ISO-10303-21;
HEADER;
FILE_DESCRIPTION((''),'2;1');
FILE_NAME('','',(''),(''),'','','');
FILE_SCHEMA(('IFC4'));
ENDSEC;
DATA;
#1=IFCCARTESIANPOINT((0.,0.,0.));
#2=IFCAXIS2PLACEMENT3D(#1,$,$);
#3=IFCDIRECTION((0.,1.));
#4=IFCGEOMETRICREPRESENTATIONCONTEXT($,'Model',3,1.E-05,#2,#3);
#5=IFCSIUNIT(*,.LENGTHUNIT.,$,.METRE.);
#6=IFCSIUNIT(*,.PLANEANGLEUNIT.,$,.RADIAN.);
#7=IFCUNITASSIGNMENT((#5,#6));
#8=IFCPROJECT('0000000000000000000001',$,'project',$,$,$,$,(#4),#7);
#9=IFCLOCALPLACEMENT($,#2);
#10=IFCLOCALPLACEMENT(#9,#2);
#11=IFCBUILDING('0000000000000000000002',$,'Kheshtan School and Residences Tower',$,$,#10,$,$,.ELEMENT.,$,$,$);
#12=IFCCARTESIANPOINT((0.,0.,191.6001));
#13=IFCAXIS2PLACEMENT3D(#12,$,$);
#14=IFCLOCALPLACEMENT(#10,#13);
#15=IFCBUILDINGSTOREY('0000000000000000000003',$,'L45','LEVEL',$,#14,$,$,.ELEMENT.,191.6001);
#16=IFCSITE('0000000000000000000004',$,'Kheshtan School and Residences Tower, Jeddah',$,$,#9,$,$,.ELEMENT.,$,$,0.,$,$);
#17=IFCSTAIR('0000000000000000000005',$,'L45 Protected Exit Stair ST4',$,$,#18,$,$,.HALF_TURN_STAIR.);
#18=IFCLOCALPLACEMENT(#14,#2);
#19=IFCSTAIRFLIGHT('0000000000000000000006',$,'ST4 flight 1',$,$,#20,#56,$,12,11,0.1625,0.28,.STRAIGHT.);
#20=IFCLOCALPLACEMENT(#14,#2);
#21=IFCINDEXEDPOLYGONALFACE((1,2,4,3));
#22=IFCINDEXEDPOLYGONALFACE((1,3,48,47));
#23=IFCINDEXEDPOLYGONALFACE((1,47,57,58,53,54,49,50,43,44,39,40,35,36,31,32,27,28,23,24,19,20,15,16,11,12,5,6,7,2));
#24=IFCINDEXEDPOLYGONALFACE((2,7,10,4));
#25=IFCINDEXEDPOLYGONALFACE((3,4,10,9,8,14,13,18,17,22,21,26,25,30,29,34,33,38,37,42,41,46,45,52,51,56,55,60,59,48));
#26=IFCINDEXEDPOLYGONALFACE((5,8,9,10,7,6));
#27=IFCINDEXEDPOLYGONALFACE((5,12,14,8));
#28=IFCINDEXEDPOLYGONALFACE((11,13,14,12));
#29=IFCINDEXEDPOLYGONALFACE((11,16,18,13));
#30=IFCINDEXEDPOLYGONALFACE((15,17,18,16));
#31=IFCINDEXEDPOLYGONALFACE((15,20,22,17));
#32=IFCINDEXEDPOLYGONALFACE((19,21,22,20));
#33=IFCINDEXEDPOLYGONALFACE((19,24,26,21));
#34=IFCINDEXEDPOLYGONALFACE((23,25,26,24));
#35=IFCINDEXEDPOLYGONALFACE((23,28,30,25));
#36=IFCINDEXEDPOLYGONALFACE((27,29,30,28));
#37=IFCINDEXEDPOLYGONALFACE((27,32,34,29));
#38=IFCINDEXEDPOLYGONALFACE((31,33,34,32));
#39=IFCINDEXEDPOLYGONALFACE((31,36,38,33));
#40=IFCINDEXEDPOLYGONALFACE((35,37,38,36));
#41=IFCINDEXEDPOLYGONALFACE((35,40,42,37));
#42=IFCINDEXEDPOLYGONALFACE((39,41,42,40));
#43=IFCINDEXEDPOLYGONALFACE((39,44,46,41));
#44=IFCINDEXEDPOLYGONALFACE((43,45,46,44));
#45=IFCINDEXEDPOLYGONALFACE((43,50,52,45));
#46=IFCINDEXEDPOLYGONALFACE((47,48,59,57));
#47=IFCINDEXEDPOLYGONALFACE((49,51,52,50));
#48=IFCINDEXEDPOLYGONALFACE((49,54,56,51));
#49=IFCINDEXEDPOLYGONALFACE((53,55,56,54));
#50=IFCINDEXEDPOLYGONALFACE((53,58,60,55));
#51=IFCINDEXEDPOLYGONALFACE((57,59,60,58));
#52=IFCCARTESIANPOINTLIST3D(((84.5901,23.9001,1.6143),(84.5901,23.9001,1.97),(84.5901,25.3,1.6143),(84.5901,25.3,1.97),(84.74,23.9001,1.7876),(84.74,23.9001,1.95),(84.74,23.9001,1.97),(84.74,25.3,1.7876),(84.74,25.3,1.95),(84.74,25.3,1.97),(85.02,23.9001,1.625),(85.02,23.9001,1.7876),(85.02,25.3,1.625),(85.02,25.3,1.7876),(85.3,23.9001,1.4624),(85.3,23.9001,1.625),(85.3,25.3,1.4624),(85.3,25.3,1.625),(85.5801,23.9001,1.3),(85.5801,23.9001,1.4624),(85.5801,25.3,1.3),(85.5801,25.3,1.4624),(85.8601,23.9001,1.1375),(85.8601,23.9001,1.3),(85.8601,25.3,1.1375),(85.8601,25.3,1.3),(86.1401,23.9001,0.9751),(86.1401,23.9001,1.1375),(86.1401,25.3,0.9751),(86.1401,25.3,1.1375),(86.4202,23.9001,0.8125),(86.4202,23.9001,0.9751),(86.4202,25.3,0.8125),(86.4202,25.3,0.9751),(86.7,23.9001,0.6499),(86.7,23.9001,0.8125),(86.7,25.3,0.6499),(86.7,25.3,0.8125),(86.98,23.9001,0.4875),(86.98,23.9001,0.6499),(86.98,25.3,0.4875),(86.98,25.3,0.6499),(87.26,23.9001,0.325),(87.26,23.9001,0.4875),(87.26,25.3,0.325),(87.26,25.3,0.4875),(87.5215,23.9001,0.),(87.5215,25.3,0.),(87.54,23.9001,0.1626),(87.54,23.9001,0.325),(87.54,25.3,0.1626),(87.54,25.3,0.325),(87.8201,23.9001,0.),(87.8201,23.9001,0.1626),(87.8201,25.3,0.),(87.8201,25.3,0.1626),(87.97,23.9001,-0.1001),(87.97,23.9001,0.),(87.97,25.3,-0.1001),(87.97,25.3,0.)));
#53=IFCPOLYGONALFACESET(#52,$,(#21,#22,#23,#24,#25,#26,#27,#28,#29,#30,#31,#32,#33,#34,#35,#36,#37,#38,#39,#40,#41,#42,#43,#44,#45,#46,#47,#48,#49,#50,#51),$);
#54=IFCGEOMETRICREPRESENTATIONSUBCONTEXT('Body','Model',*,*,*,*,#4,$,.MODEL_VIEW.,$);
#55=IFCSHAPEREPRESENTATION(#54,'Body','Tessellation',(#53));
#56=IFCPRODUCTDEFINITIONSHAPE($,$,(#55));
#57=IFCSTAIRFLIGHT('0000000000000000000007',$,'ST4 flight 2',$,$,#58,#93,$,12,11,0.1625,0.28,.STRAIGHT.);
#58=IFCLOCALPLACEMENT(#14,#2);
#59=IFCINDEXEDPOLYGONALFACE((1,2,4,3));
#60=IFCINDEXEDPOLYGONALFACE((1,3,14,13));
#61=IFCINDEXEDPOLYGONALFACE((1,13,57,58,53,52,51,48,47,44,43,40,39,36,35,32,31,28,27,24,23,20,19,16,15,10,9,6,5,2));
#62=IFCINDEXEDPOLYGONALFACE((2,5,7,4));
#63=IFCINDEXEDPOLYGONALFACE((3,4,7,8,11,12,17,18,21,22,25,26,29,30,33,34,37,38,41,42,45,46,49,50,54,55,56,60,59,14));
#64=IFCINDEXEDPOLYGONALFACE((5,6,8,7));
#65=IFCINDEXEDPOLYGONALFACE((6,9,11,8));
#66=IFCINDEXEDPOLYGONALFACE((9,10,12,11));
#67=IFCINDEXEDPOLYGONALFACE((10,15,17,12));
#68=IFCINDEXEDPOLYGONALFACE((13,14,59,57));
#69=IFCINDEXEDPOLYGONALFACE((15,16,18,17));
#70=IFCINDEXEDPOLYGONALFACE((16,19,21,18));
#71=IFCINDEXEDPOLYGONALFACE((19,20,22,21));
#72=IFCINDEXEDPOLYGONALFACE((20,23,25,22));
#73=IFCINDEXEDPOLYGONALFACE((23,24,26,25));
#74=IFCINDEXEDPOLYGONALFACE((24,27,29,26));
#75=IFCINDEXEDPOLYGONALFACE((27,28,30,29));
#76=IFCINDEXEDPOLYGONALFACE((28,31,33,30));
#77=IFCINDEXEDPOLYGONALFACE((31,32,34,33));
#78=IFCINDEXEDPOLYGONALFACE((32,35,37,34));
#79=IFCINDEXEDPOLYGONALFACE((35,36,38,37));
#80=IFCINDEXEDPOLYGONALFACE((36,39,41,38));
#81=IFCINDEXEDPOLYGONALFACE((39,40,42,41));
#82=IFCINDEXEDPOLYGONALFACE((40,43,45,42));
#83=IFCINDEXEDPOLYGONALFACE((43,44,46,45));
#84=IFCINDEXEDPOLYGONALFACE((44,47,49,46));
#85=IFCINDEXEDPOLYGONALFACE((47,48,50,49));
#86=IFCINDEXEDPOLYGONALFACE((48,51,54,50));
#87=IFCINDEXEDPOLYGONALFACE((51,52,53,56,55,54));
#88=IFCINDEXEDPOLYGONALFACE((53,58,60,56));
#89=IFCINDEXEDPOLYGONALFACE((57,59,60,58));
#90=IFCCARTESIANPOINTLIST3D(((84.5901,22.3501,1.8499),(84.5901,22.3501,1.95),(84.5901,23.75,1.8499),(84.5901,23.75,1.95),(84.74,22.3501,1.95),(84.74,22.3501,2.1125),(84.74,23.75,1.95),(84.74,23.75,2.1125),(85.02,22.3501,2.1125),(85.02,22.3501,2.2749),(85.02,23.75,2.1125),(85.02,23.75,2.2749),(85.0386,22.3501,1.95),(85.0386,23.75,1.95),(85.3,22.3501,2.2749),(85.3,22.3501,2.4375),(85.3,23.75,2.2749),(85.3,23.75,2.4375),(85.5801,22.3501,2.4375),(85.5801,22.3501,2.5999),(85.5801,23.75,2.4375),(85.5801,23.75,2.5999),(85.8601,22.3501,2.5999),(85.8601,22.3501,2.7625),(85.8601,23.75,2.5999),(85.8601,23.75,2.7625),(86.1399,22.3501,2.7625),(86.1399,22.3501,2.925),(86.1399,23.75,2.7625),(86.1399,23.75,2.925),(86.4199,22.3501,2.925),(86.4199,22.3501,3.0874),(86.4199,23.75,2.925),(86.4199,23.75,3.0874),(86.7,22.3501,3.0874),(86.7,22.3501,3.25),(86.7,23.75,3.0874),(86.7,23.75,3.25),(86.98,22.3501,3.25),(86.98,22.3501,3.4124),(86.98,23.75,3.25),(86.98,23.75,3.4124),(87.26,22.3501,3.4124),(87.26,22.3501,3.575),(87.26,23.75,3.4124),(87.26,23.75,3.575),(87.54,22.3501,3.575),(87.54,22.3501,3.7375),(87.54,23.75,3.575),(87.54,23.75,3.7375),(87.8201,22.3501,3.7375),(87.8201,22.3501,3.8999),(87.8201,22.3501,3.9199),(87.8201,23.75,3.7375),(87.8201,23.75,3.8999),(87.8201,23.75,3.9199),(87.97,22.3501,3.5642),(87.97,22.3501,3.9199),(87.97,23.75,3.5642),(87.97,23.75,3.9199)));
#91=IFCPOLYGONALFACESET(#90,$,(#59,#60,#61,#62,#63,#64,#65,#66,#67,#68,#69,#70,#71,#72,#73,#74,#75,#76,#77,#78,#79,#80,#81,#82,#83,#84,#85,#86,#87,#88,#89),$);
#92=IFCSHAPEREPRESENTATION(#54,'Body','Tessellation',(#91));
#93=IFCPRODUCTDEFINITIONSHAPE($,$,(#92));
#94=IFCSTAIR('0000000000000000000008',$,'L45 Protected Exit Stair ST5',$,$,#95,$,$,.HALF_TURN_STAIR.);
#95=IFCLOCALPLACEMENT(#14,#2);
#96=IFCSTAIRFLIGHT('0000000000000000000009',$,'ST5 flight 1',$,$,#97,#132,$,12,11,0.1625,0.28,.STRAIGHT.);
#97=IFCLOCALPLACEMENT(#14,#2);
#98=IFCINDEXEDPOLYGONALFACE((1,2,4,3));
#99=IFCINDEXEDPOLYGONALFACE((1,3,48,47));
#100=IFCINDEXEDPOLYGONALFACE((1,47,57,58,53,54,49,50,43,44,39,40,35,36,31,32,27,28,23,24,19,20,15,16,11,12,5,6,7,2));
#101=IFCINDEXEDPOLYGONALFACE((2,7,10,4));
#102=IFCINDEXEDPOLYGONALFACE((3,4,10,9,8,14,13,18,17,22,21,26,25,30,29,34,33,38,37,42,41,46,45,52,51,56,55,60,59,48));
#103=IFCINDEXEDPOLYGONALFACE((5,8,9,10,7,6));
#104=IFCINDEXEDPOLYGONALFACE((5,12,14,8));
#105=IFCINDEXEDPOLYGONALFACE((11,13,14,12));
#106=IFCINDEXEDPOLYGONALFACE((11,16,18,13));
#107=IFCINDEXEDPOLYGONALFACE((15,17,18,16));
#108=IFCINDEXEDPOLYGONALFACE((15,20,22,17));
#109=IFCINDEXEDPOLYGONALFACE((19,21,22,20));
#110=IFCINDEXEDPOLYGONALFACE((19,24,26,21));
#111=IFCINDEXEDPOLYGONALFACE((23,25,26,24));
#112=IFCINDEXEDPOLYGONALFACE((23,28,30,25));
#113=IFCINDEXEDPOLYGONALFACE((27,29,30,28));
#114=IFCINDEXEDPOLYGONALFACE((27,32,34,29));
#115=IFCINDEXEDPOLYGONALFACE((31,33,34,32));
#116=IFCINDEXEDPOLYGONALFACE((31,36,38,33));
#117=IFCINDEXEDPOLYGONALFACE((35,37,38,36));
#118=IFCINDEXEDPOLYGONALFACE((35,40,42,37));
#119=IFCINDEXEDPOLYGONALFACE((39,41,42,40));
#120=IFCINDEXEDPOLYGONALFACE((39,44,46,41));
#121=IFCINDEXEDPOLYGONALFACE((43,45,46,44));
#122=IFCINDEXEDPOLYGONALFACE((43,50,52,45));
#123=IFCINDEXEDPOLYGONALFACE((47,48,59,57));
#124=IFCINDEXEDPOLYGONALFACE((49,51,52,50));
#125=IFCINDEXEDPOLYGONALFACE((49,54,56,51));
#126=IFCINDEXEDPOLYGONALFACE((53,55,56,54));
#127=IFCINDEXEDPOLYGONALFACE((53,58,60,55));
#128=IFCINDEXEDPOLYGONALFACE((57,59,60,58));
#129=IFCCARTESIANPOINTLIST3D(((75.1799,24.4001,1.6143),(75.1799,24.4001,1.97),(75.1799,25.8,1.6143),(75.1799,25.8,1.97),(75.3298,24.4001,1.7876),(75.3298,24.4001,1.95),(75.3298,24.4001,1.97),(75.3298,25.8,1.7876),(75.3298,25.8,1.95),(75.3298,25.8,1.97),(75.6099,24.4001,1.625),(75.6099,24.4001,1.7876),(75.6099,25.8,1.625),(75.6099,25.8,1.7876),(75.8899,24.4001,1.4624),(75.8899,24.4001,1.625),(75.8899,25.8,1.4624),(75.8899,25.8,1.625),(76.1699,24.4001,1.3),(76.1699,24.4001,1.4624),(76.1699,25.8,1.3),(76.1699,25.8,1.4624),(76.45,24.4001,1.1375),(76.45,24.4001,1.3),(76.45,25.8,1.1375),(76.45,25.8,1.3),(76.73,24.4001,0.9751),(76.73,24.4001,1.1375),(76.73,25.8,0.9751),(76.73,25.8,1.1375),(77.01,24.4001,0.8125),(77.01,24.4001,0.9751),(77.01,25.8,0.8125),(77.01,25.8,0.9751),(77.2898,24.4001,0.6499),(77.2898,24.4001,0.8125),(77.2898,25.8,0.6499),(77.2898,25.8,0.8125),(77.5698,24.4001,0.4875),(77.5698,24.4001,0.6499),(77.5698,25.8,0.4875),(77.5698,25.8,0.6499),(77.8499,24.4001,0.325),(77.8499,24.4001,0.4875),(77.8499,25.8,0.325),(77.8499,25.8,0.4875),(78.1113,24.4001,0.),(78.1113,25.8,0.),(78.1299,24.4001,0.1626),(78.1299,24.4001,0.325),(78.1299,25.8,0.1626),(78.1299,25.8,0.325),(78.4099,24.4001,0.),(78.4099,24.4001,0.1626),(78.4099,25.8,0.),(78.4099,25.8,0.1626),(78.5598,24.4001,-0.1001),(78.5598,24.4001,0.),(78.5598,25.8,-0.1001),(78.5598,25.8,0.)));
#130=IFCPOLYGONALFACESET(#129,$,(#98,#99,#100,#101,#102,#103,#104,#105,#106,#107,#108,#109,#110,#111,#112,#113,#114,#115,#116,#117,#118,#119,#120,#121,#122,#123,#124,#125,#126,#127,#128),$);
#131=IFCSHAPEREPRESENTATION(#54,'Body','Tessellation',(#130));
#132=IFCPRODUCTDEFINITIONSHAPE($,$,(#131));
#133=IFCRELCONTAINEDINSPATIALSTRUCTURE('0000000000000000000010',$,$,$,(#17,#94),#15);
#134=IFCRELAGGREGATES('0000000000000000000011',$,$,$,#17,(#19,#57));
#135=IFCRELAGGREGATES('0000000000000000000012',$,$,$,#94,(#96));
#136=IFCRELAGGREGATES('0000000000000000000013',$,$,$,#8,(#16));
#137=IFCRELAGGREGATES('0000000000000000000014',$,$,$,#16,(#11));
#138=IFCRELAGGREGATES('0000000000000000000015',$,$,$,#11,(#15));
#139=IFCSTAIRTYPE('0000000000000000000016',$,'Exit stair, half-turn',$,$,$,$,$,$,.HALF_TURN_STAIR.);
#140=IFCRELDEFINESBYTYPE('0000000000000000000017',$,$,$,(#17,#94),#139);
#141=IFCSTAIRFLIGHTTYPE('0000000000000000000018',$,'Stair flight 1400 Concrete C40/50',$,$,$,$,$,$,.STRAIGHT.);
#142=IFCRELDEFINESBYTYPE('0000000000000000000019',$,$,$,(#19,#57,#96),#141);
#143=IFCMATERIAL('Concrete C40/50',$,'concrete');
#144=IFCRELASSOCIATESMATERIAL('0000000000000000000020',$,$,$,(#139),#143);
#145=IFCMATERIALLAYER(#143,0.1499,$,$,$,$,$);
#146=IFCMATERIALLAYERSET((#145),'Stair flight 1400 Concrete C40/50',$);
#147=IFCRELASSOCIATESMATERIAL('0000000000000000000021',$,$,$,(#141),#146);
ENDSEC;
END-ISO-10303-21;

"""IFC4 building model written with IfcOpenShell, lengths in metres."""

from ifc_helpers import new_model, si_unit, direction, frame, origin, place, context, subcontext, project, spatial, polyline, outline, extrude, material, layer, layer_set, type_object, element, aggregate, save


model = new_model("IFC4")

# Units and contexts
model_context = context("Model", 3, precision=1e-05, world=origin(), true_north=direction((0.0, 1.0)))
body_context = subcontext(model_context, "Body", "Model", "MODEL_VIEW")
ifc_project = project(units=[si_unit("LENGTHUNIT", "METRE"), si_unit("PLANEANGLEUNIT", "RADIAN")], contexts=[model_context])

# Site, building, storey
site_placement = place(None, origin())
site = spatial("IfcSite", under=ifc_project, at=site_placement, Name="Kheshtan School and Residences Tower, Jeddah", CompositionType="ELEMENT", RefElevation=0.0)
building_placement = place(site_placement, origin())
building = spatial("IfcBuilding", under=site, at=building_placement, Name="Kheshtan School and Residences Tower", CompositionType="ELEMENT")
storey_placement = place(building_placement, frame((0.0, 0.0, 191.6001)))
storey = spatial("IfcBuildingStorey", under=building, at=storey_placement, Name="L45", Description="LEVEL", CompositionType="ELEMENT", Elevation=191.6001)

# Shared definitions
ifc_material_1 = material(Name="Concrete C40/50", Category="concrete")

# Stair, stair flights
stair_type = type_object("IfcStairType", Name="Exit stair, half-turn", PredefinedType="HALF_TURN_STAIR", material=ifc_material_1)
stair_1_placement = place(storey_placement, origin())
stair_1 = element("IfcStair", 1, at=stair_1_placement, inside=storey, type_object=stair_type, Name="L45 Protected Exit Stair ST4", PredefinedType="HALF_TURN_STAIR")
ifc_layer_1 = layer(ifc_material_1, 0.1499)
ifc_layer_set_1 = layer_set([ifc_layer_1], Name="Stair flight 1400 Concrete C40/50")
stair_flight_type = type_object("IfcStairFlightType", Name="Stair flight 1400 Concrete C40/50", PredefinedType="STRAIGHT", material=ifc_layer_set_1)
stair_flight_1_placement = place(storey_placement, frame((87.8201, 24.6001, 0.0), z_axis=(0.0, 0.0, 1.0), x_axis=(-1.0, 0.0, 0.0)))
stair_flight_1 = element("IfcStairFlight", 2, at=stair_flight_1_placement, type_object=stair_flight_type, Name="ST4 flight 1", NumberOfRisers=12, NumberOfTreads=11, PredefinedType="STRAIGHT", RiserHeight=0.1625, TreadLength=0.28, context=body_context, shape_type="SweptSolid", body=[
    extrude(outline(polyline([(-0.1499, -0.1001), (-0.1499, 0.0), (0.0, 0.0), (0.0, 0.1626), (0.28, 0.1626), (0.28, 0.325), (0.5601, 0.325), (0.5601, 0.4875), (0.8401, 0.4875), (0.8401, 0.6499), (1.1201, 0.6499), (1.1201, 0.8125), (1.3999, 0.8125), (1.3999, 0.9751), (1.6799, 0.9751), (1.6799, 1.1375), (1.96, 1.1375), (1.96, 1.3), (2.24, 1.3), (2.24, 1.4624), (2.52, 1.4624), (2.52, 1.625), (2.8, 1.625), (2.8, 1.7876), (3.0801, 1.7876), (3.0801, 1.95), (3.0801, 1.97), (3.23, 1.97), (3.23, 1.6143), (0.2986, 0.0), (-0.1499, -0.1001)])), frame((0.0, 0.7, 0.0), z_axis=(0.0, -1.0, 0.0), x_axis=(1.0, 0.0, 0.0)), (0.0, 0.0, 1.0), 1.3999),
])
stair_flight_2_placement = place(storey_placement, frame((84.74, 23.05, 1.95), z_axis=(0.0, 0.0, 1.0), x_axis=(1.0, 0.0, 0.0)))
stair_flight_2 = element("IfcStairFlight", 3, at=stair_flight_2_placement, type_object=stair_flight_type, Name="ST4 flight 2", NumberOfRisers=12, NumberOfTreads=11, PredefinedType="STRAIGHT", RiserHeight=0.1625, TreadLength=0.28, context=body_context, shape_type="SweptSolid", body=[
    extrude(outline(polyline([(-0.1499, -0.1001), (-0.1499, 0.0), (0.0, 0.0), (0.0, 0.1626), (0.28, 0.1626), (0.28, 0.325), (0.5601, 0.325), (0.5601, 0.4875), (0.8401, 0.4875), (0.8401, 0.6499), (1.1201, 0.6499), (1.1201, 0.8125), (1.3999, 0.8125), (1.3999, 0.9751), (1.6799, 0.9751), (1.6799, 1.1375), (1.96, 1.1375), (1.96, 1.3), (2.24, 1.3), (2.24, 1.4624), (2.52, 1.4624), (2.52, 1.625), (2.8, 1.625), (2.8, 1.7876), (3.0801, 1.7876), (3.0801, 1.95), (3.0801, 1.97), (3.23, 1.97), (3.23, 1.6143), (0.2986, 0.0), (-0.1499, -0.1001)])), frame((0.0, 0.7, 0.0), z_axis=(0.0, -1.0, 0.0), x_axis=(1.0, 0.0, 0.0)), (0.0, 0.0, 1.0), 1.3999),
])
aggregate(stair_1, [stair_flight_1, stair_flight_2])

# Stair, stair flight
stair_2_placement = place(storey_placement, origin())
stair_2 = element("IfcStair", 4, at=stair_2_placement, inside=storey, type_object=stair_type, Name="L45 Protected Exit Stair ST5", PredefinedType="HALF_TURN_STAIR")
stair_flight_3_placement = place(storey_placement, frame((78.4099, 25.1001, 0.0), z_axis=(0.0, 0.0, 1.0), x_axis=(-1.0, 0.0, 0.0)))
stair_flight_3 = element("IfcStairFlight", 5, at=stair_flight_3_placement, type_object=stair_flight_type, Name="ST5 flight 1", NumberOfRisers=12, NumberOfTreads=11, PredefinedType="STRAIGHT", RiserHeight=0.1625, TreadLength=0.28, context=body_context, shape_type="SweptSolid", body=[
    extrude(outline(polyline([(-0.1499, -0.1001), (-0.1499, 0.0), (0.0, 0.0), (0.0, 0.1626), (0.28, 0.1626), (0.28, 0.325), (0.5601, 0.325), (0.5601, 0.4875), (0.8401, 0.4875), (0.8401, 0.6499), (1.1201, 0.6499), (1.1201, 0.8125), (1.3999, 0.8125), (1.3999, 0.9751), (1.6799, 0.9751), (1.6799, 1.1375), (1.96, 1.1375), (1.96, 1.3), (2.24, 1.3), (2.24, 1.4624), (2.52, 1.4624), (2.52, 1.625), (2.8, 1.625), (2.8, 1.7876), (3.0801, 1.7876), (3.0801, 1.95), (3.0801, 1.97), (3.23, 1.97), (3.23, 1.6143), (0.2986, 0.0), (-0.1499, -0.1001)])), frame((0.0, 0.7, 0.0), z_axis=(0.0, -1.0, 0.0), x_axis=(1.0, 0.0, 0.0)), (0.0, 0.0, 1.0), 1.3999),
])
aggregate(stair_2, [stair_flight_3])

save(model, "model.ifc")
